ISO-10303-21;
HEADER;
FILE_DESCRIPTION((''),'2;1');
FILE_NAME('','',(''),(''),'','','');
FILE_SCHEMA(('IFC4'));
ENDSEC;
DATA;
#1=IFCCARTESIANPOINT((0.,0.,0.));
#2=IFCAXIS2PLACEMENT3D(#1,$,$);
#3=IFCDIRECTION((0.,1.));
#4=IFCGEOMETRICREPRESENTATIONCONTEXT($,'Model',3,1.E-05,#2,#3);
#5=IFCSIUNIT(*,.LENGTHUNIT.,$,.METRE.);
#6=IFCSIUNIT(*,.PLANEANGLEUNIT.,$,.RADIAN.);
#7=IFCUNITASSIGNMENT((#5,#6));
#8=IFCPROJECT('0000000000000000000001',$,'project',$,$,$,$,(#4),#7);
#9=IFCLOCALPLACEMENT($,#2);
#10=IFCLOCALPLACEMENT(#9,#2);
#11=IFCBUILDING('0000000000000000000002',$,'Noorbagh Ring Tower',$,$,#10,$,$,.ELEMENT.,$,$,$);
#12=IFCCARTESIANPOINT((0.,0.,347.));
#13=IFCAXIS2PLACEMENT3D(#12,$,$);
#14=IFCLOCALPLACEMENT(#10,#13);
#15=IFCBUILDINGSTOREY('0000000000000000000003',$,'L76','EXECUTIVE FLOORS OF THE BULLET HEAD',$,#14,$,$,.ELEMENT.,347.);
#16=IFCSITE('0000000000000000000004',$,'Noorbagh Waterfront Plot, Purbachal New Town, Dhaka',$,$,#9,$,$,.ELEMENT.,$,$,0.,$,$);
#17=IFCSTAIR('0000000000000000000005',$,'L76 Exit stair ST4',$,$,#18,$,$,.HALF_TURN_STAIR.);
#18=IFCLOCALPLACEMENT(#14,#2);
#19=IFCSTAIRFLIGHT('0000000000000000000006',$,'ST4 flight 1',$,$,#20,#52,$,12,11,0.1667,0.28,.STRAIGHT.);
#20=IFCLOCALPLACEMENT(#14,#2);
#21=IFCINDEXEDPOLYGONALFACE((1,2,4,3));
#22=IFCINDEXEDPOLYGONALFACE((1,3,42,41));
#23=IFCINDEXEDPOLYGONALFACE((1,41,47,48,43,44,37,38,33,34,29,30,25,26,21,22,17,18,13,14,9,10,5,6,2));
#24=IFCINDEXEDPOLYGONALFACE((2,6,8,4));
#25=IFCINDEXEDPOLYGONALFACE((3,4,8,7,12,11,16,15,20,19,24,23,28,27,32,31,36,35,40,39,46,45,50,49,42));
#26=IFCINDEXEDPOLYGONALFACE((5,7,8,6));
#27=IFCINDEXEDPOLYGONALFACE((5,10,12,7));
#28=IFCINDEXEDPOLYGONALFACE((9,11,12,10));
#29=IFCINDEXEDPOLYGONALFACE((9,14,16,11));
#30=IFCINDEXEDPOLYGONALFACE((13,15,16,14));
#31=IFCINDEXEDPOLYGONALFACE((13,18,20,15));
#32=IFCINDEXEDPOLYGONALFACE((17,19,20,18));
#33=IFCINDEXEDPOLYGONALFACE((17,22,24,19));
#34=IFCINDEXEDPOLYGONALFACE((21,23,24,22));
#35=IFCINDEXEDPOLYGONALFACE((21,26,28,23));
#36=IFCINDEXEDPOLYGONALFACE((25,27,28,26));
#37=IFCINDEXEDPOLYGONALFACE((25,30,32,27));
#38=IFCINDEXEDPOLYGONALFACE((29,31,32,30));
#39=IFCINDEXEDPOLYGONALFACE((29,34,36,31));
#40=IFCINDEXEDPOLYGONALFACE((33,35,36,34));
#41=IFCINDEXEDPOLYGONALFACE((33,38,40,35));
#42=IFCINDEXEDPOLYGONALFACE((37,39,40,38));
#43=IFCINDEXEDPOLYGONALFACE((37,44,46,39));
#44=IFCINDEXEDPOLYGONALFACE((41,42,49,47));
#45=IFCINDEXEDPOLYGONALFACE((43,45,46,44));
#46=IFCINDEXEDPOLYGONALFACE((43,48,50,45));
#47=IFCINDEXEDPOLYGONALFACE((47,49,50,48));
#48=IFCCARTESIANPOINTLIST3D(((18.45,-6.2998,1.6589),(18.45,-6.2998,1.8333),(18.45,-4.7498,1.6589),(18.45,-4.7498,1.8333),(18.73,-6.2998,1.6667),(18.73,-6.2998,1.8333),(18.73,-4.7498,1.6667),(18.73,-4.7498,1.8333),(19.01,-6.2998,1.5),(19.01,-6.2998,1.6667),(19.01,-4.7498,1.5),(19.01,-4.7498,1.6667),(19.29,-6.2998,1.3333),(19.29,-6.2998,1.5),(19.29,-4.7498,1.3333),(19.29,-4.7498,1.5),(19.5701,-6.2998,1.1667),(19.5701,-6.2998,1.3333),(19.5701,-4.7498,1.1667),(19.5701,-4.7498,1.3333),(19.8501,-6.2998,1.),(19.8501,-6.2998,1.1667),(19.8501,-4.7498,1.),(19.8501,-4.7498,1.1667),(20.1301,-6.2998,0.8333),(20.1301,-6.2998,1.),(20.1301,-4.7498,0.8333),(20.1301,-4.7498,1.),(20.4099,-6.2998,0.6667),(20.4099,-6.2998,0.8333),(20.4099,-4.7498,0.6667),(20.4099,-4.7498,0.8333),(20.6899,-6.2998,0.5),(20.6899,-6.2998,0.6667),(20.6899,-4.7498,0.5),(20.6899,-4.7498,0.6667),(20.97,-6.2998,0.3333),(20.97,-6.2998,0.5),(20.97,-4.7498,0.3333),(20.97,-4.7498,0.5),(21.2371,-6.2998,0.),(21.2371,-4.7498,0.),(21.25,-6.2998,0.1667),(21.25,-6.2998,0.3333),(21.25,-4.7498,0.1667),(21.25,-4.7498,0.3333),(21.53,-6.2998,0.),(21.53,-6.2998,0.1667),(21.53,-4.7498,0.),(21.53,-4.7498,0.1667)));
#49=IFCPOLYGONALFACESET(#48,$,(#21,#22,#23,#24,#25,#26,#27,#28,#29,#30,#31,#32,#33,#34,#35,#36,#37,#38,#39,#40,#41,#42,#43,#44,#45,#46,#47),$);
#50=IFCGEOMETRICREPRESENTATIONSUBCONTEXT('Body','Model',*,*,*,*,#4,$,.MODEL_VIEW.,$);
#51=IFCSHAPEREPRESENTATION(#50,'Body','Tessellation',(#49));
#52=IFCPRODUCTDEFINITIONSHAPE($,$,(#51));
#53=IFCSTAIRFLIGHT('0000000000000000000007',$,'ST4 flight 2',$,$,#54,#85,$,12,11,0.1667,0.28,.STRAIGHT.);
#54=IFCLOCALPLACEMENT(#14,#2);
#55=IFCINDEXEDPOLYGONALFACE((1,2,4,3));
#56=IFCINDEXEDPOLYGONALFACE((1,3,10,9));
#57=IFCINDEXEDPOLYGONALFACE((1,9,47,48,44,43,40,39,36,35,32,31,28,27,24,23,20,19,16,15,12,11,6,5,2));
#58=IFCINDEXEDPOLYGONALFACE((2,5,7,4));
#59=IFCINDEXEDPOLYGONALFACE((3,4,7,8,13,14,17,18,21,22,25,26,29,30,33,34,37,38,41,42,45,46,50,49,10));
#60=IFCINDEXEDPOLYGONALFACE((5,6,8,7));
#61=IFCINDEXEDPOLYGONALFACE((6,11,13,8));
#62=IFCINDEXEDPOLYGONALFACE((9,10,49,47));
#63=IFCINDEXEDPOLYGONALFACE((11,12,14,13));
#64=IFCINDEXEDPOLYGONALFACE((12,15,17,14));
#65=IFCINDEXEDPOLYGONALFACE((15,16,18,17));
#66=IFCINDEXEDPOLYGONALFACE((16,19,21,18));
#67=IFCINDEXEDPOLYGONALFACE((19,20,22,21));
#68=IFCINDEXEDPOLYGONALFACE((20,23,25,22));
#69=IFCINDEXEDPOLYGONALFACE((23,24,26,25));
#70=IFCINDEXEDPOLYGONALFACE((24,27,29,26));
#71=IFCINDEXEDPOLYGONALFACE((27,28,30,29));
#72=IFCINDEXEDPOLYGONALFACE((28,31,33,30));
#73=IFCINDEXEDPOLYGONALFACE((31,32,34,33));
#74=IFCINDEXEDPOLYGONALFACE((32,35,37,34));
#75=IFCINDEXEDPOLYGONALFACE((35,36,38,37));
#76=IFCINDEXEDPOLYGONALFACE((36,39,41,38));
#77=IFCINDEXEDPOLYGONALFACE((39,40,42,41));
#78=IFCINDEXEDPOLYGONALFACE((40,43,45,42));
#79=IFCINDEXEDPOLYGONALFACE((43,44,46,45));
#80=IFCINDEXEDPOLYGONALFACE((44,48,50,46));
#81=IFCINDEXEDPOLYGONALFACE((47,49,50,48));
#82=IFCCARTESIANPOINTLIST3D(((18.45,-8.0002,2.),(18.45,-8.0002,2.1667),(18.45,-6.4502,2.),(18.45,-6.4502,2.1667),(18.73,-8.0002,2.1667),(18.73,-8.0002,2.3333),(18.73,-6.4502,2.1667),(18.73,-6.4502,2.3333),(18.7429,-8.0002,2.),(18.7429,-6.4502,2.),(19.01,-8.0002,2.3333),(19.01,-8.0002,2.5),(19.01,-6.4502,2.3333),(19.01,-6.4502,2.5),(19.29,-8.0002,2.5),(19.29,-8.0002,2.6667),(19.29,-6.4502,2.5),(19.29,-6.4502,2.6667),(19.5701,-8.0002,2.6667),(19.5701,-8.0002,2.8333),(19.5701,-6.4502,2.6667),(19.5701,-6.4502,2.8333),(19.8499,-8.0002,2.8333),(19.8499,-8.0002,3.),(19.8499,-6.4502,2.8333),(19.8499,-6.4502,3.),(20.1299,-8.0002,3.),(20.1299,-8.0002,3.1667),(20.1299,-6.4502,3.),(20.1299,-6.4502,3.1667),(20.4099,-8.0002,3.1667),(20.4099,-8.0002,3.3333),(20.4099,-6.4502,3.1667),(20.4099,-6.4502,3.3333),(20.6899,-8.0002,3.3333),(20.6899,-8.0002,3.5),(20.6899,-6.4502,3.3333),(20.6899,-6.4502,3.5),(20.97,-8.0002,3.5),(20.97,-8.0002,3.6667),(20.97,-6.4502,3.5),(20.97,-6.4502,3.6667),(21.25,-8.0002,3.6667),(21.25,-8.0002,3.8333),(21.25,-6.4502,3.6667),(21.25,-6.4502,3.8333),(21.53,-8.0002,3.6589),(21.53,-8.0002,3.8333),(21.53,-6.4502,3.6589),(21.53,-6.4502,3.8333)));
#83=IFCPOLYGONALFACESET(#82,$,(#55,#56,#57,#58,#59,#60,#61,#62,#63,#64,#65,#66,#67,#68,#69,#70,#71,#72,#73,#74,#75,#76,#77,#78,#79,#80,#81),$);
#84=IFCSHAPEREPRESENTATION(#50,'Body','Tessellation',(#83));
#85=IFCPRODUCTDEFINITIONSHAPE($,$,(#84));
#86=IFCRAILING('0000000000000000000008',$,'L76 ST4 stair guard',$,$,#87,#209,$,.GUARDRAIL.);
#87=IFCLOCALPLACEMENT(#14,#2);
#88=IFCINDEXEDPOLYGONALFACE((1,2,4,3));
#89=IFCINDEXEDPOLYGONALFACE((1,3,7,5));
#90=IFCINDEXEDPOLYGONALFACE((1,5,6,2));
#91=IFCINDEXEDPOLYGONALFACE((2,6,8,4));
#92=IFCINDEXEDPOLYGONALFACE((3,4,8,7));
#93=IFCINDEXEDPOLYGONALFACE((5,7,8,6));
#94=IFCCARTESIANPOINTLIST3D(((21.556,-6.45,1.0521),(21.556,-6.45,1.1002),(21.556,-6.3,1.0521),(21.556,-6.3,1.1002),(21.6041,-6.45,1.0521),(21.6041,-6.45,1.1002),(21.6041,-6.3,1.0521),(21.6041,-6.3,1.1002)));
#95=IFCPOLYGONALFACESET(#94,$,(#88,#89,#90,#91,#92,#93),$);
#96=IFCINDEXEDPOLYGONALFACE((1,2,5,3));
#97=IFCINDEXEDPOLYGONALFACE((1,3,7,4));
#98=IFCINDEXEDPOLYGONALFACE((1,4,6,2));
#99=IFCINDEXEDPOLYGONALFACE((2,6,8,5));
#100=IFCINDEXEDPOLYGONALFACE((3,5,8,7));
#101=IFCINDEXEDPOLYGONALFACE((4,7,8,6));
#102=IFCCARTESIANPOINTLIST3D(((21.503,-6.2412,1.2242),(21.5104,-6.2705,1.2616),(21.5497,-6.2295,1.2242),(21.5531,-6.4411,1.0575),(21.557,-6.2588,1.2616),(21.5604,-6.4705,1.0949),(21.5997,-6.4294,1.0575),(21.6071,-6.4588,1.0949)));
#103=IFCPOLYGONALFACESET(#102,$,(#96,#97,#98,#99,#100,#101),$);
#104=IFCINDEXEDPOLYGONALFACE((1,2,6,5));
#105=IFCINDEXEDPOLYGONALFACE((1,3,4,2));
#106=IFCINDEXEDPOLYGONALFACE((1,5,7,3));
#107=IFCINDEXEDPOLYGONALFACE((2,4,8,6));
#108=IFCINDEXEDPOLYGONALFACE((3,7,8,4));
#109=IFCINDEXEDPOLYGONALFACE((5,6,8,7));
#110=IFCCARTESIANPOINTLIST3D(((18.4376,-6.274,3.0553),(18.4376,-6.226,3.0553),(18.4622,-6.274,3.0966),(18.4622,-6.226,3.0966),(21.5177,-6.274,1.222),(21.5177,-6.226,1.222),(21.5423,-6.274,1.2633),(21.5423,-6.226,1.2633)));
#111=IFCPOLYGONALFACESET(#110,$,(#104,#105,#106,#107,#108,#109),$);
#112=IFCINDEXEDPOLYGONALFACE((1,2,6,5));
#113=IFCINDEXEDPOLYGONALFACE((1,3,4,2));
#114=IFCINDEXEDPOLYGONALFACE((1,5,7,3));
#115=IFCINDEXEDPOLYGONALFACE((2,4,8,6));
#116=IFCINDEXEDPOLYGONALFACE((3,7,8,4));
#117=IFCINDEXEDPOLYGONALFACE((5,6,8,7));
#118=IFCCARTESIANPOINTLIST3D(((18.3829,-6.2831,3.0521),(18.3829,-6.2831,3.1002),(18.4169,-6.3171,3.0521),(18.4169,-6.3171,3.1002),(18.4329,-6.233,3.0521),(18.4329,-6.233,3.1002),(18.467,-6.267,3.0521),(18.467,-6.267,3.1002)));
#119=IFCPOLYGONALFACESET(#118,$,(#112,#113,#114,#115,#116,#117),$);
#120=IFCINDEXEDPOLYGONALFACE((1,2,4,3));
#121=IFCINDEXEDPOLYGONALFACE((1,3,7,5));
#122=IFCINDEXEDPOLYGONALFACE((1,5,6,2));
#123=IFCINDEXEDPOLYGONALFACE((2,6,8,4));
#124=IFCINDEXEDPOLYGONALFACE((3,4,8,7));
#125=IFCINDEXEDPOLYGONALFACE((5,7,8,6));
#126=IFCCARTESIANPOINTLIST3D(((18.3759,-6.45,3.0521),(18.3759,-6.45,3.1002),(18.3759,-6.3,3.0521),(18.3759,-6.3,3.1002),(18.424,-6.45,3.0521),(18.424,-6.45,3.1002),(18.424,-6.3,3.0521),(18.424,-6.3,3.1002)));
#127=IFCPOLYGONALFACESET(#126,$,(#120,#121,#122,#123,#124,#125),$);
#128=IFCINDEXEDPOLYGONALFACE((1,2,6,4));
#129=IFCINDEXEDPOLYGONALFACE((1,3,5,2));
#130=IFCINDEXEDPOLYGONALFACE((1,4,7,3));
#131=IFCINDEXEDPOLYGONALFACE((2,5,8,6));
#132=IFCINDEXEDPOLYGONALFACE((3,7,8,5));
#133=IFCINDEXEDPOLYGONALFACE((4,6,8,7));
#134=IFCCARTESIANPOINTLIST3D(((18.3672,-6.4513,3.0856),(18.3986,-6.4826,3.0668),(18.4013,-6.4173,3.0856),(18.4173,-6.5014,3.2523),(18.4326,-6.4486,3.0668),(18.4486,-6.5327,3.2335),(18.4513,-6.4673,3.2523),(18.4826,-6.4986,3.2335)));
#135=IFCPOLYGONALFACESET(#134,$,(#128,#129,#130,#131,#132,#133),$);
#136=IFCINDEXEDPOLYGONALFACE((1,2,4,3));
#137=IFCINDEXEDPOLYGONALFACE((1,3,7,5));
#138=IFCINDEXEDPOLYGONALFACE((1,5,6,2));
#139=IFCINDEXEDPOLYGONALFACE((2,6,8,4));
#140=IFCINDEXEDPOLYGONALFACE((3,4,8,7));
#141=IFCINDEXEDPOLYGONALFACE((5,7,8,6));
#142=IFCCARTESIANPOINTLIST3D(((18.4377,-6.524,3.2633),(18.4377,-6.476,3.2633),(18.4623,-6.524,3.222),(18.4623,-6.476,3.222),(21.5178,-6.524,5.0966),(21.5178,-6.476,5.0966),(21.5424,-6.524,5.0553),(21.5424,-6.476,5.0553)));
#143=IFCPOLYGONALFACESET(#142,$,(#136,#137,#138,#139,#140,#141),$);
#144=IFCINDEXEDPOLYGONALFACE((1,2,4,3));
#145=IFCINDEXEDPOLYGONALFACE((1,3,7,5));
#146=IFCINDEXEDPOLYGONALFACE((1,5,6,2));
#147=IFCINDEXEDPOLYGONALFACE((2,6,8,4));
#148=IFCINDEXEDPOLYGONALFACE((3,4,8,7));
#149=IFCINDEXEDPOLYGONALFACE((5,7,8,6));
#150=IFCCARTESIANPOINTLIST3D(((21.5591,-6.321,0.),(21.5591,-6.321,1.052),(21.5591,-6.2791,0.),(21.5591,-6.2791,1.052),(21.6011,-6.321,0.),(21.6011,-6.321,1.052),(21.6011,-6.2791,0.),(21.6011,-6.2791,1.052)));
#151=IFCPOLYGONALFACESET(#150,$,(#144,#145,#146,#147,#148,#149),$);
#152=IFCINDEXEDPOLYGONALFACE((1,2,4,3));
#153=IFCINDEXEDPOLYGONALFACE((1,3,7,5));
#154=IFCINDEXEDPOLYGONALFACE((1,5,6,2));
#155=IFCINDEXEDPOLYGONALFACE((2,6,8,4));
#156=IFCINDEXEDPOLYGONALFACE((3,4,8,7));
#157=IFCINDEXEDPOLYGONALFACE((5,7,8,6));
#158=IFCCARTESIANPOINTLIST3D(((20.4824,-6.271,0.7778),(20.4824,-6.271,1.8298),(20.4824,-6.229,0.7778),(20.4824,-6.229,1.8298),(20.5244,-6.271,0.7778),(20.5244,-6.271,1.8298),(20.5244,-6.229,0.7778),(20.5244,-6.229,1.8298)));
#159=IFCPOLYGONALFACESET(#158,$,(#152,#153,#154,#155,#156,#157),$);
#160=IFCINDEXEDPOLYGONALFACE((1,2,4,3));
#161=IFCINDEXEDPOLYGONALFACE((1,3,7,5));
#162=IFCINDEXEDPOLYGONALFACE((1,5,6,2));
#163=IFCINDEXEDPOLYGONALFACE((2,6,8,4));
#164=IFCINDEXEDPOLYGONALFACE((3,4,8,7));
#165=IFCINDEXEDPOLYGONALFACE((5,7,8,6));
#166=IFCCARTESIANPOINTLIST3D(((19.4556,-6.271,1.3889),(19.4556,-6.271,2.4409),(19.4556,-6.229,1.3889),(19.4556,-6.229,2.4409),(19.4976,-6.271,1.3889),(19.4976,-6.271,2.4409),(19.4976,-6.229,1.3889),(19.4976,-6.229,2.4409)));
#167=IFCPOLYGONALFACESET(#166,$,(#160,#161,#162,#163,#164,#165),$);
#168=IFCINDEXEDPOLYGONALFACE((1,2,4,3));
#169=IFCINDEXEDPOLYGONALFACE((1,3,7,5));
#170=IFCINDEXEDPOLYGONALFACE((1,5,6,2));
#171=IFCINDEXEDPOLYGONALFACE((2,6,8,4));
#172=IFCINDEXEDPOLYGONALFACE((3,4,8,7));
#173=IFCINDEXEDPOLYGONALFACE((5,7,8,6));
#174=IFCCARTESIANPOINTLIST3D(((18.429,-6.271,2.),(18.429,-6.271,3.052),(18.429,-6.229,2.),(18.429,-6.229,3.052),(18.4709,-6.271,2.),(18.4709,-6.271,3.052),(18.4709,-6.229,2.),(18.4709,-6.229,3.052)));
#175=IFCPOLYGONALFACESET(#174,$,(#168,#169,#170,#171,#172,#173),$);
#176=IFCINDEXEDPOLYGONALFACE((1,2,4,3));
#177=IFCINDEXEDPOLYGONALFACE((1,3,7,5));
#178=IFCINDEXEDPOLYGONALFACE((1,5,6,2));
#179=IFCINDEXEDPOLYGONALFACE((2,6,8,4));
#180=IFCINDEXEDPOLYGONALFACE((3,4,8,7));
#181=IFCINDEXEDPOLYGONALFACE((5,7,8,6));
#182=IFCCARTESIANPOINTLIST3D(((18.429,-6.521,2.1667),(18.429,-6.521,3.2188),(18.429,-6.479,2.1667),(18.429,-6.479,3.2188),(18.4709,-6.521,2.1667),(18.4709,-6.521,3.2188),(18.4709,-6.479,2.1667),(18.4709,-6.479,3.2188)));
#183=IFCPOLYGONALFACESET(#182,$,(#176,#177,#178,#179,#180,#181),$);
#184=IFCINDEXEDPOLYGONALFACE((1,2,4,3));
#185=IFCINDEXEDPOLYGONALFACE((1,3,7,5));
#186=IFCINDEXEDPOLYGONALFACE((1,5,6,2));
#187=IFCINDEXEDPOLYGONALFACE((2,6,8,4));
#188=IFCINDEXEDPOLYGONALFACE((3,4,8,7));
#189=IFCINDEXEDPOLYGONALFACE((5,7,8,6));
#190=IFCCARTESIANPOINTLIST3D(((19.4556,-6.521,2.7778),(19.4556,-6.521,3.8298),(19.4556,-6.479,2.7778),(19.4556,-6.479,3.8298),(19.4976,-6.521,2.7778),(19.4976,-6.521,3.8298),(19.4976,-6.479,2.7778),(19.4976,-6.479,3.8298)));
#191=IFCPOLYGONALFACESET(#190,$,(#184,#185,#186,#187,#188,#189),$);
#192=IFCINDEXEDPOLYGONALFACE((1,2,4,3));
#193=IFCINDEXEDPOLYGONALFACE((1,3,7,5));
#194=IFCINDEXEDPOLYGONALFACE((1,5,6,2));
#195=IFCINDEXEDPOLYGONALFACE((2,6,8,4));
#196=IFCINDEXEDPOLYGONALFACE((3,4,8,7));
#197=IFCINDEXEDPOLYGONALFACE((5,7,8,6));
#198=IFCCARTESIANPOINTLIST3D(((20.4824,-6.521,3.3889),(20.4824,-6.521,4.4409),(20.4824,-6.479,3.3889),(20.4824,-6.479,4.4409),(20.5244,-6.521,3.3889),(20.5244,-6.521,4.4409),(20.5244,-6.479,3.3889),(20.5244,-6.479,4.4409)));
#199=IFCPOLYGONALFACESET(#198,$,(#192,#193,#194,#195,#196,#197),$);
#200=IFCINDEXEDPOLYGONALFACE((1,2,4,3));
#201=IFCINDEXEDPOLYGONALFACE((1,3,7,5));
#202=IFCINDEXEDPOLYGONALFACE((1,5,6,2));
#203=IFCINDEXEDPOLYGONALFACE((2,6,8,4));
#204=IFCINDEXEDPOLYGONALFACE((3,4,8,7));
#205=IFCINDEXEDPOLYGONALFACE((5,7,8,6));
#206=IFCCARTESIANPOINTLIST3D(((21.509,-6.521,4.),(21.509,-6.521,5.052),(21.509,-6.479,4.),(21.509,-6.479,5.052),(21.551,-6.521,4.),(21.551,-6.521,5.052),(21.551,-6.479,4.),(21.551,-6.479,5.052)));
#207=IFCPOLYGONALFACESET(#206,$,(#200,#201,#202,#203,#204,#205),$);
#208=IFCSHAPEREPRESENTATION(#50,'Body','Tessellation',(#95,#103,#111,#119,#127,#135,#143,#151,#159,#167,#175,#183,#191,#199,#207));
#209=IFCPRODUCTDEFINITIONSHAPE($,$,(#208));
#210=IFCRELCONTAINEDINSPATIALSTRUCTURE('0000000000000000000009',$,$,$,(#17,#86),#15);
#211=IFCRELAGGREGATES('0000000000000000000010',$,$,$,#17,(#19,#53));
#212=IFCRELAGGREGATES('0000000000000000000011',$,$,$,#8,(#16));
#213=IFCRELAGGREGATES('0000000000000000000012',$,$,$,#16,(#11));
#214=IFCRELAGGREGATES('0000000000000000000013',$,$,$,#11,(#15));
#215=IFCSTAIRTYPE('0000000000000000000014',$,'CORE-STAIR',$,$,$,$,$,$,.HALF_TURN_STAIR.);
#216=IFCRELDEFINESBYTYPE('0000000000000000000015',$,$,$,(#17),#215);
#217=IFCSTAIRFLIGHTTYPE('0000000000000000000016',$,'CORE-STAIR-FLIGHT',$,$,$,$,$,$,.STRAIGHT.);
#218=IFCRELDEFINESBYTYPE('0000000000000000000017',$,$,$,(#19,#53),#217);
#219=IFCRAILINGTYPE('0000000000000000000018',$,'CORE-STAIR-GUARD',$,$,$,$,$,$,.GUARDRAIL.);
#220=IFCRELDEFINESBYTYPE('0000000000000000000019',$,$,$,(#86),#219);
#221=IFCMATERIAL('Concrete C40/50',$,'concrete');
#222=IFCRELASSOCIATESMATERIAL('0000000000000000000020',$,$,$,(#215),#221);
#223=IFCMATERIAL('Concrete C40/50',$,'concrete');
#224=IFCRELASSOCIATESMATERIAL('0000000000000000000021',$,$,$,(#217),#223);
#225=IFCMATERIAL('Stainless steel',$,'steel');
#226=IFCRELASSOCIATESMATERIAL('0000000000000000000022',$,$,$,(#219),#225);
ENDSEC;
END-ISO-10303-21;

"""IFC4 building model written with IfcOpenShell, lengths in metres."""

from ifc_helpers import new_model, si_unit, direction, frame, origin, origin_2d, place, context, subcontext, project, spatial, polyline, rectangle, outline, extrude, material, type_object, element, aggregate, save


model = new_model("IFC4")

# Units and contexts
model_context = context("Model", 3, precision=1e-05, world=origin(), true_north=direction((0.0, 1.0)))
body_context = subcontext(model_context, "Body", "Model", "MODEL_VIEW")
ifc_project = project(units=[si_unit("LENGTHUNIT", "METRE"), si_unit("PLANEANGLEUNIT", "RADIAN")], contexts=[model_context])

# Site, building, storey
site_placement = place(None, origin())
site = spatial("IfcSite", under=ifc_project, at=site_placement, Name="Noorbagh Waterfront Plot, Purbachal New Town, Dhaka", CompositionType="ELEMENT", RefElevation=0.0)
building_placement = place(site_placement, origin())
building = spatial("IfcBuilding", under=site, at=building_placement, Name="Noorbagh Ring Tower", CompositionType="ELEMENT")
storey_placement = place(building_placement, frame((0.0, 0.0, 347.0)))
storey = spatial("IfcBuildingStorey", under=building, at=storey_placement, Name="L76", Description="EXECUTIVE FLOORS OF THE BULLET HEAD", CompositionType="ELEMENT", Elevation=347.0)

# Stair, stair flights
ifc_material_1 = material(Name="Concrete C40/50", Category="concrete")
stair_type = type_object("IfcStairType", Name="CORE-STAIR", PredefinedType="HALF_TURN_STAIR", material=ifc_material_1)
stair_placement = place(storey_placement, origin())
stair = element("IfcStair", 1, at=stair_placement, inside=storey, type_object=stair_type, Name="L76 Exit stair ST4", PredefinedType="HALF_TURN_STAIR")
ifc_material_2 = material(Name="Concrete C40/50", Category="concrete")
stair_flight_type = type_object("IfcStairFlightType", Name="CORE-STAIR-FLIGHT", PredefinedType="STRAIGHT", material=ifc_material_2)
stair_flight_1_placement = place(storey_placement, frame((21.53, -5.5249, 0.0), z_axis=(0.0, 0.0, 1.0), x_axis=(-1.0, 0.0, 0.0)))
stair_flight_1 = element("IfcStairFlight", 2, at=stair_flight_1_placement, type_object=stair_flight_type, Name="ST4 flight 1", NumberOfRisers=12, NumberOfTreads=11, PredefinedType="STRAIGHT", RiserHeight=0.1667, TreadLength=0.28, context=body_context, shape_type="SweptSolid", body=[
    extrude(outline(polyline([(0.0, 0.0), (0.0, 0.1667), (0.28, 0.1667), (0.28, 0.3333), (0.5601, 0.3333), (0.5601, 0.5), (0.8401, 0.5), (0.8401, 0.6667), (1.1201, 0.6667), (1.1201, 0.8333), (1.3999, 0.8333), (1.3999, 1.0), (1.6799, 1.0), (1.6799, 1.1667), (1.96, 1.1667), (1.96, 1.3333), (2.24, 1.3333), (2.24, 1.5), (2.52, 1.5), (2.52, 1.6667), (2.8, 1.6667), (2.8, 1.8333), (3.0801, 1.8333), (3.0801, 2.0), (3.0801, 1.6589), (0.293, 0.0), (0.0, 0.0)])), frame((0.0, 0.7749, 0.0), z_axis=(0.0, -1.0, 0.0), x_axis=(1.0, 0.0, 0.0)), (0.0, 0.0, 1.0), 1.55),
])
stair_flight_2_placement = place(storey_placement, frame((18.45, -7.2251, 2.0), z_axis=(0.0, 0.0, 1.0), x_axis=(1.0, 0.0, 0.0)))
stair_flight_2 = element("IfcStairFlight", 3, at=stair_flight_2_placement, type_object=stair_flight_type, Name="ST4 flight 2", NumberOfRisers=12, NumberOfTreads=11, PredefinedType="STRAIGHT", RiserHeight=0.1667, TreadLength=0.28, context=body_context, shape_type="SweptSolid", body=[
    extrude(outline(polyline([(0.0, 0.0), (0.0, 0.1667), (0.28, 0.1667), (0.28, 0.3333), (0.5601, 0.3333), (0.5601, 0.5), (0.8401, 0.5), (0.8401, 0.6667), (1.1201, 0.6667), (1.1201, 0.8333), (1.3999, 0.8333), (1.3999, 1.0), (1.6799, 1.0), (1.6799, 1.1667), (1.96, 1.1667), (1.96, 1.3333), (2.24, 1.3333), (2.24, 1.5), (2.52, 1.5), (2.52, 1.6667), (2.8, 1.6667), (2.8, 1.8333), (3.0801, 1.8333), (3.0801, 2.0), (3.0801, 1.6589), (0.293, 0.0), (0.0, 0.0)])), frame((0.0, 0.7749, 0.0), z_axis=(0.0, -1.0, 0.0), x_axis=(1.0, 0.0, 0.0)), (0.0, 0.0, 1.0), 1.55),
])
aggregate(stair, [stair_flight_1, stair_flight_2])

# Railing
ifc_material_3 = material(Name="Stainless steel", Category="steel")
railing_type_1 = type_object("IfcRailingType", Name="CORE-STAIR-GUARD", PredefinedType="GUARDRAIL", material=ifc_material_3)
railing_1_placement = place(storey_placement, frame((21.5801, -6.3, 0.0)))
element("IfcRailing", 4, at=railing_1_placement, inside=storey, type_object=railing_type_1, Name="L76 ST4 stair guard", PredefinedType="GUARDRAIL", context=body_context, shape_type="SweptSolid", body=[
    extrude(rectangle(XDim=0.0481, YDim=0.0481, at=origin_2d()), frame((0.0, 0.0, 1.0762), z_axis=(0.0, -1.0, 0.0), x_axis=(1.0, 0.0, 0.0)), (0.0, 0.0, 1.0), 0.1499),
    extrude(rectangle(XDim=0.0481, YDim=0.0481, at=origin_2d()), frame((0.0, -0.1499, 1.0762), z_axis=(-0.188776, 0.754182, 0.628946), x_axis=(-0.970073, -0.242814, 0.0)), (0.0, 0.0, 1.0), 0.2651),
    extrude(rectangle(XDim=0.0481, YDim=0.0481, at=origin_2d()), frame((-0.05, 0.05, 1.2427), z_axis=(-0.859309, 0.0, 0.511458), x_axis=(0.0, -1.0, 0.0)), (0.0, 0.0, 1.0), 3.5845),
    extrude(rectangle(XDim=0.0481, YDim=0.0481, at=origin_2d()), frame((-3.1301, 0.05, 3.0762), z_axis=(-0.707107, -0.707107, 0.0), x_axis=(0.707107, -0.707107, 0.0)), (0.0, 0.0, 1.0), 0.0708),
    extrude(rectangle(XDim=0.0481, YDim=0.0481, at=origin_2d()), frame((-3.1802, 0.0, 3.0762), z_axis=(0.0, -1.0, 0.0), x_axis=(1.0, 0.0, 0.0)), (0.0, 0.0, 1.0), 0.1499),
    extrude(rectangle(XDim=0.0481, YDim=0.0481, at=origin_2d()), frame((-3.1802, -0.1499, 3.0762), z_axis=(0.276287, -0.276287, 0.920506), x_axis=(0.707107, 0.707107, 0.0)), (0.0, 0.0, 1.0), 0.1812),
    extrude(rectangle(XDim=0.0481, YDim=0.0481, at=origin_2d()), frame((-3.1301, -0.2, 3.2427), z_axis=(0.859309, 0.0, 0.511458), x_axis=(0.0, 1.0, 0.0)), (0.0, 0.0, 1.0), 3.5845),
    extrude(rectangle(XDim=0.042, YDim=0.042, at=origin_2d()), origin(), (0.0, 0.0, 1.0), 1.052),
    extrude(rectangle(XDim=0.042, YDim=0.042, at=origin_2d()), frame((-1.0767, 0.05, 0.7778)), (0.0, 0.0, 1.0), 1.052),
    extrude(rectangle(XDim=0.042, YDim=0.042, at=origin_2d()), frame((-2.1035, 0.05, 1.3889)), (0.0, 0.0, 1.0), 1.052),
    extrude(rectangle(XDim=0.042, YDim=0.042, at=origin_2d()), frame((-3.1301, 0.05, 2.0)), (0.0, 0.0, 1.0), 1.052),
    extrude(rectangle(XDim=0.042, YDim=0.042, at=origin_2d()), frame((-3.1301, -0.2, 2.1667)), (0.0, 0.0, 1.0), 1.052),
    extrude(rectangle(XDim=0.042, YDim=0.042, at=origin_2d()), frame((-2.1035, -0.2, 2.7778)), (0.0, 0.0, 1.0), 1.052),
    extrude(rectangle(XDim=0.042, YDim=0.042, at=origin_2d()), frame((-1.0767, -0.2, 3.3889)), (0.0, 0.0, 1.0), 1.052),
    extrude(rectangle(XDim=0.042, YDim=0.042, at=origin_2d()), frame((-0.05, -0.2, 4.0)), (0.0, 0.0, 1.0), 1.052),
])

save(model, "model.ifc")
